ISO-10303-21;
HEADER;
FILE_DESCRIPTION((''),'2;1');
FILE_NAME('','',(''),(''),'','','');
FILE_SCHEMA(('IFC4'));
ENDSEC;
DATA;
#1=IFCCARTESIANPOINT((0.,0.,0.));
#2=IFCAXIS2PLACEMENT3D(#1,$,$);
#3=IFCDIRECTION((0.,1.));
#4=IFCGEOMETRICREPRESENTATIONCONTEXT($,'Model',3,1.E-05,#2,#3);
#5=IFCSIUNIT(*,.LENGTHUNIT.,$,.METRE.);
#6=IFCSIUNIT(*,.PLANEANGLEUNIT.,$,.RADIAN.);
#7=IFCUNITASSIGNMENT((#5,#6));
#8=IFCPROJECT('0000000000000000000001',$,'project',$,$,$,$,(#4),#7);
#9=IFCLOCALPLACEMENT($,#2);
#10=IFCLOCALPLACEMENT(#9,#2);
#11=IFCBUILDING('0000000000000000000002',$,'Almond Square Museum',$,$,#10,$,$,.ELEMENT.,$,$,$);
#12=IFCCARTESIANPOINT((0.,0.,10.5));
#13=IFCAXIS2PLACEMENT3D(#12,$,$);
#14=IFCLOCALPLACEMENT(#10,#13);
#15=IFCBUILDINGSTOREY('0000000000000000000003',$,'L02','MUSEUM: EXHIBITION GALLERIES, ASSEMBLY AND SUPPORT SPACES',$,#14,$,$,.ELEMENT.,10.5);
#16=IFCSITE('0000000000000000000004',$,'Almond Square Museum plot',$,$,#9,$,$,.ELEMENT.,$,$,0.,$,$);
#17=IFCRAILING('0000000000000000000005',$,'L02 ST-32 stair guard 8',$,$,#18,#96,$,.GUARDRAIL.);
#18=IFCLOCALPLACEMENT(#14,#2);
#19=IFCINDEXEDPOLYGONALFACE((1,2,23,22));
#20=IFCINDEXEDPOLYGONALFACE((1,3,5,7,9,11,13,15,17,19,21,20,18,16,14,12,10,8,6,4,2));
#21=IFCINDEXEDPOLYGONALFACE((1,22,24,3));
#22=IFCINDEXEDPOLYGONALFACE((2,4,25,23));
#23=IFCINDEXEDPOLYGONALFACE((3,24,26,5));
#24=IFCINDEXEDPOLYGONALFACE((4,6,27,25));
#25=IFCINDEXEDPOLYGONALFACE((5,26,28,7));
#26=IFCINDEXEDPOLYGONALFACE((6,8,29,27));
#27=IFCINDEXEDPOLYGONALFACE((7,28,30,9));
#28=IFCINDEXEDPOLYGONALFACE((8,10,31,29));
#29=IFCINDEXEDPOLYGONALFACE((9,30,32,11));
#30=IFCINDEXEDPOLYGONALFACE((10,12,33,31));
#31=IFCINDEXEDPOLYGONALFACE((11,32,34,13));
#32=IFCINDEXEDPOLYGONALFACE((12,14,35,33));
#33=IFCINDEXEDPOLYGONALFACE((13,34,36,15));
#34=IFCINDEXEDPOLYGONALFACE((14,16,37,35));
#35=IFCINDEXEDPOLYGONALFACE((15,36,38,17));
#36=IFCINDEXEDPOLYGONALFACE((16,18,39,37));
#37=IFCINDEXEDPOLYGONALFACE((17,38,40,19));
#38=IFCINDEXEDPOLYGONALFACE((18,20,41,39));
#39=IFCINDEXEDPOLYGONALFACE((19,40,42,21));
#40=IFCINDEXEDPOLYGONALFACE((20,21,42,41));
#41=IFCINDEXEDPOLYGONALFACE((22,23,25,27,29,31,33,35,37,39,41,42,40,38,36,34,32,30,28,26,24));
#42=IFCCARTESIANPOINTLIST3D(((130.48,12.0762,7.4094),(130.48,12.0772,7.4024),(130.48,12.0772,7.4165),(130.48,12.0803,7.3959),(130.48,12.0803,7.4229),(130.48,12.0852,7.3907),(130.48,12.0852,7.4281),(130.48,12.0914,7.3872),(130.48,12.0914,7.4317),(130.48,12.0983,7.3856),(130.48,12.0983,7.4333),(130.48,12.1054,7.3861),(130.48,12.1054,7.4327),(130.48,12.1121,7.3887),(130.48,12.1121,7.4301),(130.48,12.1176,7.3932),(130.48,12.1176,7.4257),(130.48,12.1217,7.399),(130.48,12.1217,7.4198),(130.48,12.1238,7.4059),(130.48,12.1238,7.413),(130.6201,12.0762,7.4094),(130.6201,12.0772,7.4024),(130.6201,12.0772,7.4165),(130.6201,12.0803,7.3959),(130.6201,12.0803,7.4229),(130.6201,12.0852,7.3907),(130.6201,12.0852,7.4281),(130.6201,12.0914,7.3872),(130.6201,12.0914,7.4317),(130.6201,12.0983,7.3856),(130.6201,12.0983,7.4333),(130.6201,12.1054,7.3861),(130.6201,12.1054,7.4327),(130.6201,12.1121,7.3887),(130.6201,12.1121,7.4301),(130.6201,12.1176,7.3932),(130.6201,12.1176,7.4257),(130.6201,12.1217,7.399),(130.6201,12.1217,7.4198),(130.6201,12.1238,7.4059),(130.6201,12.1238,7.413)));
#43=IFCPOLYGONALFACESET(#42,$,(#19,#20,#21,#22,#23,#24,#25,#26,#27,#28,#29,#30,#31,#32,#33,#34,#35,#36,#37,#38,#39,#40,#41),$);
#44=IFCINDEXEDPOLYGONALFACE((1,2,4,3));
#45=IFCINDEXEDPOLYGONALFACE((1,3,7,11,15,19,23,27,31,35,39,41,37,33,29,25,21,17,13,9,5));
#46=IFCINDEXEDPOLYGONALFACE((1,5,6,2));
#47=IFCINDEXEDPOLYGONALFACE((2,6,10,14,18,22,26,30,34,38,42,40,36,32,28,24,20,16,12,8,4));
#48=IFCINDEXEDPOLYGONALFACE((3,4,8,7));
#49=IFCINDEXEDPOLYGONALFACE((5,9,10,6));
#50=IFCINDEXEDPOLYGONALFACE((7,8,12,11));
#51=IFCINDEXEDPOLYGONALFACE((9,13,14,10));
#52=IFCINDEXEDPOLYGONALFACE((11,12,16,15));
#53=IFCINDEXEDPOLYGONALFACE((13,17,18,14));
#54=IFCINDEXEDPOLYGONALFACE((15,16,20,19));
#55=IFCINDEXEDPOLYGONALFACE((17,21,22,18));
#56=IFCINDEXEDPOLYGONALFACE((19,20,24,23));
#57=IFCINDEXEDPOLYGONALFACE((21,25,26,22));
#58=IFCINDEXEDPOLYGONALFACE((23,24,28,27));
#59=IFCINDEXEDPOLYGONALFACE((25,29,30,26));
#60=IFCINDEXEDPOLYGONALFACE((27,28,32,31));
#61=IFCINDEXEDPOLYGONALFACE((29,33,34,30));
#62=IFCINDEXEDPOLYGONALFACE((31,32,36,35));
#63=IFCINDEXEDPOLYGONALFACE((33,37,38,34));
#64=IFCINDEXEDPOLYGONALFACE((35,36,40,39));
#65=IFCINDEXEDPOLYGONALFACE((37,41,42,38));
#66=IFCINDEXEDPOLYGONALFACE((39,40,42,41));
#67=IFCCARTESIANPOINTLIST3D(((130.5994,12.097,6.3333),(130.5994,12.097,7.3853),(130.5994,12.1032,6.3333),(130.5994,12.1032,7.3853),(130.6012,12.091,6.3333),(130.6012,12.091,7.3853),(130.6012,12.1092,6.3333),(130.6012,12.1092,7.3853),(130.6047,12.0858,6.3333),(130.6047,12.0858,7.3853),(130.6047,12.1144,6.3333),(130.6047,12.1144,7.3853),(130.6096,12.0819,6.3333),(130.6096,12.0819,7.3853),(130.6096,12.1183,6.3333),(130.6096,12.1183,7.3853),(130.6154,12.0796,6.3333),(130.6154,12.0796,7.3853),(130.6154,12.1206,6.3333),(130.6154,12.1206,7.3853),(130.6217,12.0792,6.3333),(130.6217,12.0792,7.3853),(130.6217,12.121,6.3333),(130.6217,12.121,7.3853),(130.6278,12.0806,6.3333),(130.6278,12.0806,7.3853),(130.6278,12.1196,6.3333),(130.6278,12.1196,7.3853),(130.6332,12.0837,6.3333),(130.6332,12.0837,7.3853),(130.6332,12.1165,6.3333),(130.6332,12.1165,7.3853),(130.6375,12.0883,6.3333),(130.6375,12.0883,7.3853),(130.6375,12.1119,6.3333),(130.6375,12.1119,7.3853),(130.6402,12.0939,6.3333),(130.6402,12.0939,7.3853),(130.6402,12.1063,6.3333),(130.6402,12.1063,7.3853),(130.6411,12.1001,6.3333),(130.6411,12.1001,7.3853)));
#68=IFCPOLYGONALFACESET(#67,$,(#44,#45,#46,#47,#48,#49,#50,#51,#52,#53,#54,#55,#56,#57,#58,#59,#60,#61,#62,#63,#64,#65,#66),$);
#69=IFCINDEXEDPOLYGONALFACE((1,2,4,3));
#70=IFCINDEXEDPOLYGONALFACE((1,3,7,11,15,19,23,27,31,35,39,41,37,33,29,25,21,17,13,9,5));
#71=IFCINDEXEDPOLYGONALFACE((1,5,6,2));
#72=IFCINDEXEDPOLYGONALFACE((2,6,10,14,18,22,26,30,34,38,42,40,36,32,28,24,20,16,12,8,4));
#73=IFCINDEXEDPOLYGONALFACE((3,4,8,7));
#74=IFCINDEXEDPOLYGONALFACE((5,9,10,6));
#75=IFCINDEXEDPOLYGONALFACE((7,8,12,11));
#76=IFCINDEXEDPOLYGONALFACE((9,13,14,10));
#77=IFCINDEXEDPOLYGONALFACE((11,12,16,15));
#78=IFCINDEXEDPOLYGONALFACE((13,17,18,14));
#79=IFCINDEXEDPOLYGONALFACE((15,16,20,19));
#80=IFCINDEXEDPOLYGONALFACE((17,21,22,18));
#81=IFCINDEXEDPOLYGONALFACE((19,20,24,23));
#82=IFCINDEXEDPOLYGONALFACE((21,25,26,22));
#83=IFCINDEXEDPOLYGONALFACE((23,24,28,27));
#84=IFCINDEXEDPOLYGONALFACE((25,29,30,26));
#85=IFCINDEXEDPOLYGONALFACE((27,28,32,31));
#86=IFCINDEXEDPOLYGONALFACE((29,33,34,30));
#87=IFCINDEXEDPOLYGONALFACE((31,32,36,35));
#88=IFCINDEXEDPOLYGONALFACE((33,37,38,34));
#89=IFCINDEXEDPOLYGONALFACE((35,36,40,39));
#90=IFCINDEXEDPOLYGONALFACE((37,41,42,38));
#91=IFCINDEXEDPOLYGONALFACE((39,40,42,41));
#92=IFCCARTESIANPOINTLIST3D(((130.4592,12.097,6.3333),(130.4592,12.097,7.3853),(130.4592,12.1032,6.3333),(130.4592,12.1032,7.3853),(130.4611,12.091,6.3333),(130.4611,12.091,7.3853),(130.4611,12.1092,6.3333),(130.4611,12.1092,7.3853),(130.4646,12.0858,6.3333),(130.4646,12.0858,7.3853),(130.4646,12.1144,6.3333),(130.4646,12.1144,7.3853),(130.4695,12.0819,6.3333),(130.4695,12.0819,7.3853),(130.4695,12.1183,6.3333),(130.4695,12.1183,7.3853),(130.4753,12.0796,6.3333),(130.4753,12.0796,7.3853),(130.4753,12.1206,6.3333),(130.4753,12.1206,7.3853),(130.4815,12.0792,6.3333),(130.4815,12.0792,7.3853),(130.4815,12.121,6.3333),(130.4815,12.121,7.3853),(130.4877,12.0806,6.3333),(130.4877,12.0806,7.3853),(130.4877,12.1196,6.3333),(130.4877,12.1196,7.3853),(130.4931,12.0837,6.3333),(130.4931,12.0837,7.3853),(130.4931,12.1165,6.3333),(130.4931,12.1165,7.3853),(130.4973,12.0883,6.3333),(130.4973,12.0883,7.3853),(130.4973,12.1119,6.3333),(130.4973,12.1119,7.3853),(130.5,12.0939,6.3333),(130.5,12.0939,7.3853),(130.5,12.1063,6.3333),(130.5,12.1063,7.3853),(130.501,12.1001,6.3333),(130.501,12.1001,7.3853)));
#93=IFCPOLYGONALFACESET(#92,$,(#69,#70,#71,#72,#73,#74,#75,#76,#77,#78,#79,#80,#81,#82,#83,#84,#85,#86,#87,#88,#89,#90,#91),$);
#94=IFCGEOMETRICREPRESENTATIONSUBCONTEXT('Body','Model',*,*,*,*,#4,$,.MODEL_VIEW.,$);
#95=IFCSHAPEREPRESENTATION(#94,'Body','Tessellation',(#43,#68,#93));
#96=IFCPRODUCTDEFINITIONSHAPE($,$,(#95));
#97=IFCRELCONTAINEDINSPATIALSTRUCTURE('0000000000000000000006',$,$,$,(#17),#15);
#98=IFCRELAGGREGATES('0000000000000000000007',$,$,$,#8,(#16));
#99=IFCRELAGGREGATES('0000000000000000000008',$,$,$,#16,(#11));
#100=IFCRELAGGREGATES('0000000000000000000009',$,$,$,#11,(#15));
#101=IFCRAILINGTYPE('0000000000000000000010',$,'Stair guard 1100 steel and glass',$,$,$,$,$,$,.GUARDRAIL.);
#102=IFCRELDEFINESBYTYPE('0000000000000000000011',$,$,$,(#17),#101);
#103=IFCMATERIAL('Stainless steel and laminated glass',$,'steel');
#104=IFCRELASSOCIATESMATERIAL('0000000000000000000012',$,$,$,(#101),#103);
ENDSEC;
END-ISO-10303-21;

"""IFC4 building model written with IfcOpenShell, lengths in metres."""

from ifc_helpers import new_model, si_unit, direction, frame, origin, origin_2d, place, context, subcontext, project, spatial, circle, extrude, material, type_object, element, save


model = new_model("IFC4")

# Units and contexts
model_context = context("Model", 3, precision=1e-05, world=origin(), true_north=direction((0.0, 1.0)))
body_context = subcontext(model_context, "Body", "Model", "MODEL_VIEW")
ifc_project = project(units=[si_unit("LENGTHUNIT", "METRE"), si_unit("PLANEANGLEUNIT", "RADIAN")], contexts=[model_context])

# Site, building, storey
site_placement = place(None, origin())
site = spatial("IfcSite", under=ifc_project, at=site_placement, Name="Almond Square Museum plot", CompositionType="ELEMENT", RefElevation=0.0)
building_placement = place(site_placement, origin())
building = spatial("IfcBuilding", under=site, at=building_placement, Name="Almond Square Museum", CompositionType="ELEMENT")
storey_placement = place(building_placement, frame((0.0, 0.0, 10.5)))
storey = spatial("IfcBuildingStorey", under=building, at=storey_placement, Name="L02", Description="MUSEUM: EXHIBITION GALLERIES, ASSEMBLY AND SUPPORT SPACES", CompositionType="ELEMENT", Elevation=10.5)

# Railing
ifc_material_1 = material(Name="Stainless steel and laminated glass", Category="steel")
railing_type_1 = type_object("IfcRailingType", Name="Stair guard 1100 steel and glass", PredefinedType="GUARDRAIL", material=ifc_material_1)
railing_1_placement = place(storey_placement, frame((130.6201, 12.1001, 6.3333)))
element("IfcRailing", 1, at=railing_1_placement, inside=storey, type_object=railing_type_1, Name="L02 ST-32 stair guard 8", PredefinedType="GUARDRAIL", context=body_context, shape_type="SweptSolid", body=[
    extrude(circle(Radius=0.0239, at=origin_2d()), frame((0.0, 0.0, 1.0762), z_axis=(-1.0, 0.0, 0.0), x_axis=(0.0, -1.0, 0.0)), (0.0, 0.0, 1.0), 0.1401),
    extrude(circle(Radius=0.021, at=origin_2d()), origin(), (0.0, 0.0, 1.0), 1.052),
    extrude(circle(Radius=0.021, at=origin_2d()), frame((-0.1401, 0.0, 0.0)), (0.0, 0.0, 1.0), 1.052),
])

save(model, "model.ifc")
